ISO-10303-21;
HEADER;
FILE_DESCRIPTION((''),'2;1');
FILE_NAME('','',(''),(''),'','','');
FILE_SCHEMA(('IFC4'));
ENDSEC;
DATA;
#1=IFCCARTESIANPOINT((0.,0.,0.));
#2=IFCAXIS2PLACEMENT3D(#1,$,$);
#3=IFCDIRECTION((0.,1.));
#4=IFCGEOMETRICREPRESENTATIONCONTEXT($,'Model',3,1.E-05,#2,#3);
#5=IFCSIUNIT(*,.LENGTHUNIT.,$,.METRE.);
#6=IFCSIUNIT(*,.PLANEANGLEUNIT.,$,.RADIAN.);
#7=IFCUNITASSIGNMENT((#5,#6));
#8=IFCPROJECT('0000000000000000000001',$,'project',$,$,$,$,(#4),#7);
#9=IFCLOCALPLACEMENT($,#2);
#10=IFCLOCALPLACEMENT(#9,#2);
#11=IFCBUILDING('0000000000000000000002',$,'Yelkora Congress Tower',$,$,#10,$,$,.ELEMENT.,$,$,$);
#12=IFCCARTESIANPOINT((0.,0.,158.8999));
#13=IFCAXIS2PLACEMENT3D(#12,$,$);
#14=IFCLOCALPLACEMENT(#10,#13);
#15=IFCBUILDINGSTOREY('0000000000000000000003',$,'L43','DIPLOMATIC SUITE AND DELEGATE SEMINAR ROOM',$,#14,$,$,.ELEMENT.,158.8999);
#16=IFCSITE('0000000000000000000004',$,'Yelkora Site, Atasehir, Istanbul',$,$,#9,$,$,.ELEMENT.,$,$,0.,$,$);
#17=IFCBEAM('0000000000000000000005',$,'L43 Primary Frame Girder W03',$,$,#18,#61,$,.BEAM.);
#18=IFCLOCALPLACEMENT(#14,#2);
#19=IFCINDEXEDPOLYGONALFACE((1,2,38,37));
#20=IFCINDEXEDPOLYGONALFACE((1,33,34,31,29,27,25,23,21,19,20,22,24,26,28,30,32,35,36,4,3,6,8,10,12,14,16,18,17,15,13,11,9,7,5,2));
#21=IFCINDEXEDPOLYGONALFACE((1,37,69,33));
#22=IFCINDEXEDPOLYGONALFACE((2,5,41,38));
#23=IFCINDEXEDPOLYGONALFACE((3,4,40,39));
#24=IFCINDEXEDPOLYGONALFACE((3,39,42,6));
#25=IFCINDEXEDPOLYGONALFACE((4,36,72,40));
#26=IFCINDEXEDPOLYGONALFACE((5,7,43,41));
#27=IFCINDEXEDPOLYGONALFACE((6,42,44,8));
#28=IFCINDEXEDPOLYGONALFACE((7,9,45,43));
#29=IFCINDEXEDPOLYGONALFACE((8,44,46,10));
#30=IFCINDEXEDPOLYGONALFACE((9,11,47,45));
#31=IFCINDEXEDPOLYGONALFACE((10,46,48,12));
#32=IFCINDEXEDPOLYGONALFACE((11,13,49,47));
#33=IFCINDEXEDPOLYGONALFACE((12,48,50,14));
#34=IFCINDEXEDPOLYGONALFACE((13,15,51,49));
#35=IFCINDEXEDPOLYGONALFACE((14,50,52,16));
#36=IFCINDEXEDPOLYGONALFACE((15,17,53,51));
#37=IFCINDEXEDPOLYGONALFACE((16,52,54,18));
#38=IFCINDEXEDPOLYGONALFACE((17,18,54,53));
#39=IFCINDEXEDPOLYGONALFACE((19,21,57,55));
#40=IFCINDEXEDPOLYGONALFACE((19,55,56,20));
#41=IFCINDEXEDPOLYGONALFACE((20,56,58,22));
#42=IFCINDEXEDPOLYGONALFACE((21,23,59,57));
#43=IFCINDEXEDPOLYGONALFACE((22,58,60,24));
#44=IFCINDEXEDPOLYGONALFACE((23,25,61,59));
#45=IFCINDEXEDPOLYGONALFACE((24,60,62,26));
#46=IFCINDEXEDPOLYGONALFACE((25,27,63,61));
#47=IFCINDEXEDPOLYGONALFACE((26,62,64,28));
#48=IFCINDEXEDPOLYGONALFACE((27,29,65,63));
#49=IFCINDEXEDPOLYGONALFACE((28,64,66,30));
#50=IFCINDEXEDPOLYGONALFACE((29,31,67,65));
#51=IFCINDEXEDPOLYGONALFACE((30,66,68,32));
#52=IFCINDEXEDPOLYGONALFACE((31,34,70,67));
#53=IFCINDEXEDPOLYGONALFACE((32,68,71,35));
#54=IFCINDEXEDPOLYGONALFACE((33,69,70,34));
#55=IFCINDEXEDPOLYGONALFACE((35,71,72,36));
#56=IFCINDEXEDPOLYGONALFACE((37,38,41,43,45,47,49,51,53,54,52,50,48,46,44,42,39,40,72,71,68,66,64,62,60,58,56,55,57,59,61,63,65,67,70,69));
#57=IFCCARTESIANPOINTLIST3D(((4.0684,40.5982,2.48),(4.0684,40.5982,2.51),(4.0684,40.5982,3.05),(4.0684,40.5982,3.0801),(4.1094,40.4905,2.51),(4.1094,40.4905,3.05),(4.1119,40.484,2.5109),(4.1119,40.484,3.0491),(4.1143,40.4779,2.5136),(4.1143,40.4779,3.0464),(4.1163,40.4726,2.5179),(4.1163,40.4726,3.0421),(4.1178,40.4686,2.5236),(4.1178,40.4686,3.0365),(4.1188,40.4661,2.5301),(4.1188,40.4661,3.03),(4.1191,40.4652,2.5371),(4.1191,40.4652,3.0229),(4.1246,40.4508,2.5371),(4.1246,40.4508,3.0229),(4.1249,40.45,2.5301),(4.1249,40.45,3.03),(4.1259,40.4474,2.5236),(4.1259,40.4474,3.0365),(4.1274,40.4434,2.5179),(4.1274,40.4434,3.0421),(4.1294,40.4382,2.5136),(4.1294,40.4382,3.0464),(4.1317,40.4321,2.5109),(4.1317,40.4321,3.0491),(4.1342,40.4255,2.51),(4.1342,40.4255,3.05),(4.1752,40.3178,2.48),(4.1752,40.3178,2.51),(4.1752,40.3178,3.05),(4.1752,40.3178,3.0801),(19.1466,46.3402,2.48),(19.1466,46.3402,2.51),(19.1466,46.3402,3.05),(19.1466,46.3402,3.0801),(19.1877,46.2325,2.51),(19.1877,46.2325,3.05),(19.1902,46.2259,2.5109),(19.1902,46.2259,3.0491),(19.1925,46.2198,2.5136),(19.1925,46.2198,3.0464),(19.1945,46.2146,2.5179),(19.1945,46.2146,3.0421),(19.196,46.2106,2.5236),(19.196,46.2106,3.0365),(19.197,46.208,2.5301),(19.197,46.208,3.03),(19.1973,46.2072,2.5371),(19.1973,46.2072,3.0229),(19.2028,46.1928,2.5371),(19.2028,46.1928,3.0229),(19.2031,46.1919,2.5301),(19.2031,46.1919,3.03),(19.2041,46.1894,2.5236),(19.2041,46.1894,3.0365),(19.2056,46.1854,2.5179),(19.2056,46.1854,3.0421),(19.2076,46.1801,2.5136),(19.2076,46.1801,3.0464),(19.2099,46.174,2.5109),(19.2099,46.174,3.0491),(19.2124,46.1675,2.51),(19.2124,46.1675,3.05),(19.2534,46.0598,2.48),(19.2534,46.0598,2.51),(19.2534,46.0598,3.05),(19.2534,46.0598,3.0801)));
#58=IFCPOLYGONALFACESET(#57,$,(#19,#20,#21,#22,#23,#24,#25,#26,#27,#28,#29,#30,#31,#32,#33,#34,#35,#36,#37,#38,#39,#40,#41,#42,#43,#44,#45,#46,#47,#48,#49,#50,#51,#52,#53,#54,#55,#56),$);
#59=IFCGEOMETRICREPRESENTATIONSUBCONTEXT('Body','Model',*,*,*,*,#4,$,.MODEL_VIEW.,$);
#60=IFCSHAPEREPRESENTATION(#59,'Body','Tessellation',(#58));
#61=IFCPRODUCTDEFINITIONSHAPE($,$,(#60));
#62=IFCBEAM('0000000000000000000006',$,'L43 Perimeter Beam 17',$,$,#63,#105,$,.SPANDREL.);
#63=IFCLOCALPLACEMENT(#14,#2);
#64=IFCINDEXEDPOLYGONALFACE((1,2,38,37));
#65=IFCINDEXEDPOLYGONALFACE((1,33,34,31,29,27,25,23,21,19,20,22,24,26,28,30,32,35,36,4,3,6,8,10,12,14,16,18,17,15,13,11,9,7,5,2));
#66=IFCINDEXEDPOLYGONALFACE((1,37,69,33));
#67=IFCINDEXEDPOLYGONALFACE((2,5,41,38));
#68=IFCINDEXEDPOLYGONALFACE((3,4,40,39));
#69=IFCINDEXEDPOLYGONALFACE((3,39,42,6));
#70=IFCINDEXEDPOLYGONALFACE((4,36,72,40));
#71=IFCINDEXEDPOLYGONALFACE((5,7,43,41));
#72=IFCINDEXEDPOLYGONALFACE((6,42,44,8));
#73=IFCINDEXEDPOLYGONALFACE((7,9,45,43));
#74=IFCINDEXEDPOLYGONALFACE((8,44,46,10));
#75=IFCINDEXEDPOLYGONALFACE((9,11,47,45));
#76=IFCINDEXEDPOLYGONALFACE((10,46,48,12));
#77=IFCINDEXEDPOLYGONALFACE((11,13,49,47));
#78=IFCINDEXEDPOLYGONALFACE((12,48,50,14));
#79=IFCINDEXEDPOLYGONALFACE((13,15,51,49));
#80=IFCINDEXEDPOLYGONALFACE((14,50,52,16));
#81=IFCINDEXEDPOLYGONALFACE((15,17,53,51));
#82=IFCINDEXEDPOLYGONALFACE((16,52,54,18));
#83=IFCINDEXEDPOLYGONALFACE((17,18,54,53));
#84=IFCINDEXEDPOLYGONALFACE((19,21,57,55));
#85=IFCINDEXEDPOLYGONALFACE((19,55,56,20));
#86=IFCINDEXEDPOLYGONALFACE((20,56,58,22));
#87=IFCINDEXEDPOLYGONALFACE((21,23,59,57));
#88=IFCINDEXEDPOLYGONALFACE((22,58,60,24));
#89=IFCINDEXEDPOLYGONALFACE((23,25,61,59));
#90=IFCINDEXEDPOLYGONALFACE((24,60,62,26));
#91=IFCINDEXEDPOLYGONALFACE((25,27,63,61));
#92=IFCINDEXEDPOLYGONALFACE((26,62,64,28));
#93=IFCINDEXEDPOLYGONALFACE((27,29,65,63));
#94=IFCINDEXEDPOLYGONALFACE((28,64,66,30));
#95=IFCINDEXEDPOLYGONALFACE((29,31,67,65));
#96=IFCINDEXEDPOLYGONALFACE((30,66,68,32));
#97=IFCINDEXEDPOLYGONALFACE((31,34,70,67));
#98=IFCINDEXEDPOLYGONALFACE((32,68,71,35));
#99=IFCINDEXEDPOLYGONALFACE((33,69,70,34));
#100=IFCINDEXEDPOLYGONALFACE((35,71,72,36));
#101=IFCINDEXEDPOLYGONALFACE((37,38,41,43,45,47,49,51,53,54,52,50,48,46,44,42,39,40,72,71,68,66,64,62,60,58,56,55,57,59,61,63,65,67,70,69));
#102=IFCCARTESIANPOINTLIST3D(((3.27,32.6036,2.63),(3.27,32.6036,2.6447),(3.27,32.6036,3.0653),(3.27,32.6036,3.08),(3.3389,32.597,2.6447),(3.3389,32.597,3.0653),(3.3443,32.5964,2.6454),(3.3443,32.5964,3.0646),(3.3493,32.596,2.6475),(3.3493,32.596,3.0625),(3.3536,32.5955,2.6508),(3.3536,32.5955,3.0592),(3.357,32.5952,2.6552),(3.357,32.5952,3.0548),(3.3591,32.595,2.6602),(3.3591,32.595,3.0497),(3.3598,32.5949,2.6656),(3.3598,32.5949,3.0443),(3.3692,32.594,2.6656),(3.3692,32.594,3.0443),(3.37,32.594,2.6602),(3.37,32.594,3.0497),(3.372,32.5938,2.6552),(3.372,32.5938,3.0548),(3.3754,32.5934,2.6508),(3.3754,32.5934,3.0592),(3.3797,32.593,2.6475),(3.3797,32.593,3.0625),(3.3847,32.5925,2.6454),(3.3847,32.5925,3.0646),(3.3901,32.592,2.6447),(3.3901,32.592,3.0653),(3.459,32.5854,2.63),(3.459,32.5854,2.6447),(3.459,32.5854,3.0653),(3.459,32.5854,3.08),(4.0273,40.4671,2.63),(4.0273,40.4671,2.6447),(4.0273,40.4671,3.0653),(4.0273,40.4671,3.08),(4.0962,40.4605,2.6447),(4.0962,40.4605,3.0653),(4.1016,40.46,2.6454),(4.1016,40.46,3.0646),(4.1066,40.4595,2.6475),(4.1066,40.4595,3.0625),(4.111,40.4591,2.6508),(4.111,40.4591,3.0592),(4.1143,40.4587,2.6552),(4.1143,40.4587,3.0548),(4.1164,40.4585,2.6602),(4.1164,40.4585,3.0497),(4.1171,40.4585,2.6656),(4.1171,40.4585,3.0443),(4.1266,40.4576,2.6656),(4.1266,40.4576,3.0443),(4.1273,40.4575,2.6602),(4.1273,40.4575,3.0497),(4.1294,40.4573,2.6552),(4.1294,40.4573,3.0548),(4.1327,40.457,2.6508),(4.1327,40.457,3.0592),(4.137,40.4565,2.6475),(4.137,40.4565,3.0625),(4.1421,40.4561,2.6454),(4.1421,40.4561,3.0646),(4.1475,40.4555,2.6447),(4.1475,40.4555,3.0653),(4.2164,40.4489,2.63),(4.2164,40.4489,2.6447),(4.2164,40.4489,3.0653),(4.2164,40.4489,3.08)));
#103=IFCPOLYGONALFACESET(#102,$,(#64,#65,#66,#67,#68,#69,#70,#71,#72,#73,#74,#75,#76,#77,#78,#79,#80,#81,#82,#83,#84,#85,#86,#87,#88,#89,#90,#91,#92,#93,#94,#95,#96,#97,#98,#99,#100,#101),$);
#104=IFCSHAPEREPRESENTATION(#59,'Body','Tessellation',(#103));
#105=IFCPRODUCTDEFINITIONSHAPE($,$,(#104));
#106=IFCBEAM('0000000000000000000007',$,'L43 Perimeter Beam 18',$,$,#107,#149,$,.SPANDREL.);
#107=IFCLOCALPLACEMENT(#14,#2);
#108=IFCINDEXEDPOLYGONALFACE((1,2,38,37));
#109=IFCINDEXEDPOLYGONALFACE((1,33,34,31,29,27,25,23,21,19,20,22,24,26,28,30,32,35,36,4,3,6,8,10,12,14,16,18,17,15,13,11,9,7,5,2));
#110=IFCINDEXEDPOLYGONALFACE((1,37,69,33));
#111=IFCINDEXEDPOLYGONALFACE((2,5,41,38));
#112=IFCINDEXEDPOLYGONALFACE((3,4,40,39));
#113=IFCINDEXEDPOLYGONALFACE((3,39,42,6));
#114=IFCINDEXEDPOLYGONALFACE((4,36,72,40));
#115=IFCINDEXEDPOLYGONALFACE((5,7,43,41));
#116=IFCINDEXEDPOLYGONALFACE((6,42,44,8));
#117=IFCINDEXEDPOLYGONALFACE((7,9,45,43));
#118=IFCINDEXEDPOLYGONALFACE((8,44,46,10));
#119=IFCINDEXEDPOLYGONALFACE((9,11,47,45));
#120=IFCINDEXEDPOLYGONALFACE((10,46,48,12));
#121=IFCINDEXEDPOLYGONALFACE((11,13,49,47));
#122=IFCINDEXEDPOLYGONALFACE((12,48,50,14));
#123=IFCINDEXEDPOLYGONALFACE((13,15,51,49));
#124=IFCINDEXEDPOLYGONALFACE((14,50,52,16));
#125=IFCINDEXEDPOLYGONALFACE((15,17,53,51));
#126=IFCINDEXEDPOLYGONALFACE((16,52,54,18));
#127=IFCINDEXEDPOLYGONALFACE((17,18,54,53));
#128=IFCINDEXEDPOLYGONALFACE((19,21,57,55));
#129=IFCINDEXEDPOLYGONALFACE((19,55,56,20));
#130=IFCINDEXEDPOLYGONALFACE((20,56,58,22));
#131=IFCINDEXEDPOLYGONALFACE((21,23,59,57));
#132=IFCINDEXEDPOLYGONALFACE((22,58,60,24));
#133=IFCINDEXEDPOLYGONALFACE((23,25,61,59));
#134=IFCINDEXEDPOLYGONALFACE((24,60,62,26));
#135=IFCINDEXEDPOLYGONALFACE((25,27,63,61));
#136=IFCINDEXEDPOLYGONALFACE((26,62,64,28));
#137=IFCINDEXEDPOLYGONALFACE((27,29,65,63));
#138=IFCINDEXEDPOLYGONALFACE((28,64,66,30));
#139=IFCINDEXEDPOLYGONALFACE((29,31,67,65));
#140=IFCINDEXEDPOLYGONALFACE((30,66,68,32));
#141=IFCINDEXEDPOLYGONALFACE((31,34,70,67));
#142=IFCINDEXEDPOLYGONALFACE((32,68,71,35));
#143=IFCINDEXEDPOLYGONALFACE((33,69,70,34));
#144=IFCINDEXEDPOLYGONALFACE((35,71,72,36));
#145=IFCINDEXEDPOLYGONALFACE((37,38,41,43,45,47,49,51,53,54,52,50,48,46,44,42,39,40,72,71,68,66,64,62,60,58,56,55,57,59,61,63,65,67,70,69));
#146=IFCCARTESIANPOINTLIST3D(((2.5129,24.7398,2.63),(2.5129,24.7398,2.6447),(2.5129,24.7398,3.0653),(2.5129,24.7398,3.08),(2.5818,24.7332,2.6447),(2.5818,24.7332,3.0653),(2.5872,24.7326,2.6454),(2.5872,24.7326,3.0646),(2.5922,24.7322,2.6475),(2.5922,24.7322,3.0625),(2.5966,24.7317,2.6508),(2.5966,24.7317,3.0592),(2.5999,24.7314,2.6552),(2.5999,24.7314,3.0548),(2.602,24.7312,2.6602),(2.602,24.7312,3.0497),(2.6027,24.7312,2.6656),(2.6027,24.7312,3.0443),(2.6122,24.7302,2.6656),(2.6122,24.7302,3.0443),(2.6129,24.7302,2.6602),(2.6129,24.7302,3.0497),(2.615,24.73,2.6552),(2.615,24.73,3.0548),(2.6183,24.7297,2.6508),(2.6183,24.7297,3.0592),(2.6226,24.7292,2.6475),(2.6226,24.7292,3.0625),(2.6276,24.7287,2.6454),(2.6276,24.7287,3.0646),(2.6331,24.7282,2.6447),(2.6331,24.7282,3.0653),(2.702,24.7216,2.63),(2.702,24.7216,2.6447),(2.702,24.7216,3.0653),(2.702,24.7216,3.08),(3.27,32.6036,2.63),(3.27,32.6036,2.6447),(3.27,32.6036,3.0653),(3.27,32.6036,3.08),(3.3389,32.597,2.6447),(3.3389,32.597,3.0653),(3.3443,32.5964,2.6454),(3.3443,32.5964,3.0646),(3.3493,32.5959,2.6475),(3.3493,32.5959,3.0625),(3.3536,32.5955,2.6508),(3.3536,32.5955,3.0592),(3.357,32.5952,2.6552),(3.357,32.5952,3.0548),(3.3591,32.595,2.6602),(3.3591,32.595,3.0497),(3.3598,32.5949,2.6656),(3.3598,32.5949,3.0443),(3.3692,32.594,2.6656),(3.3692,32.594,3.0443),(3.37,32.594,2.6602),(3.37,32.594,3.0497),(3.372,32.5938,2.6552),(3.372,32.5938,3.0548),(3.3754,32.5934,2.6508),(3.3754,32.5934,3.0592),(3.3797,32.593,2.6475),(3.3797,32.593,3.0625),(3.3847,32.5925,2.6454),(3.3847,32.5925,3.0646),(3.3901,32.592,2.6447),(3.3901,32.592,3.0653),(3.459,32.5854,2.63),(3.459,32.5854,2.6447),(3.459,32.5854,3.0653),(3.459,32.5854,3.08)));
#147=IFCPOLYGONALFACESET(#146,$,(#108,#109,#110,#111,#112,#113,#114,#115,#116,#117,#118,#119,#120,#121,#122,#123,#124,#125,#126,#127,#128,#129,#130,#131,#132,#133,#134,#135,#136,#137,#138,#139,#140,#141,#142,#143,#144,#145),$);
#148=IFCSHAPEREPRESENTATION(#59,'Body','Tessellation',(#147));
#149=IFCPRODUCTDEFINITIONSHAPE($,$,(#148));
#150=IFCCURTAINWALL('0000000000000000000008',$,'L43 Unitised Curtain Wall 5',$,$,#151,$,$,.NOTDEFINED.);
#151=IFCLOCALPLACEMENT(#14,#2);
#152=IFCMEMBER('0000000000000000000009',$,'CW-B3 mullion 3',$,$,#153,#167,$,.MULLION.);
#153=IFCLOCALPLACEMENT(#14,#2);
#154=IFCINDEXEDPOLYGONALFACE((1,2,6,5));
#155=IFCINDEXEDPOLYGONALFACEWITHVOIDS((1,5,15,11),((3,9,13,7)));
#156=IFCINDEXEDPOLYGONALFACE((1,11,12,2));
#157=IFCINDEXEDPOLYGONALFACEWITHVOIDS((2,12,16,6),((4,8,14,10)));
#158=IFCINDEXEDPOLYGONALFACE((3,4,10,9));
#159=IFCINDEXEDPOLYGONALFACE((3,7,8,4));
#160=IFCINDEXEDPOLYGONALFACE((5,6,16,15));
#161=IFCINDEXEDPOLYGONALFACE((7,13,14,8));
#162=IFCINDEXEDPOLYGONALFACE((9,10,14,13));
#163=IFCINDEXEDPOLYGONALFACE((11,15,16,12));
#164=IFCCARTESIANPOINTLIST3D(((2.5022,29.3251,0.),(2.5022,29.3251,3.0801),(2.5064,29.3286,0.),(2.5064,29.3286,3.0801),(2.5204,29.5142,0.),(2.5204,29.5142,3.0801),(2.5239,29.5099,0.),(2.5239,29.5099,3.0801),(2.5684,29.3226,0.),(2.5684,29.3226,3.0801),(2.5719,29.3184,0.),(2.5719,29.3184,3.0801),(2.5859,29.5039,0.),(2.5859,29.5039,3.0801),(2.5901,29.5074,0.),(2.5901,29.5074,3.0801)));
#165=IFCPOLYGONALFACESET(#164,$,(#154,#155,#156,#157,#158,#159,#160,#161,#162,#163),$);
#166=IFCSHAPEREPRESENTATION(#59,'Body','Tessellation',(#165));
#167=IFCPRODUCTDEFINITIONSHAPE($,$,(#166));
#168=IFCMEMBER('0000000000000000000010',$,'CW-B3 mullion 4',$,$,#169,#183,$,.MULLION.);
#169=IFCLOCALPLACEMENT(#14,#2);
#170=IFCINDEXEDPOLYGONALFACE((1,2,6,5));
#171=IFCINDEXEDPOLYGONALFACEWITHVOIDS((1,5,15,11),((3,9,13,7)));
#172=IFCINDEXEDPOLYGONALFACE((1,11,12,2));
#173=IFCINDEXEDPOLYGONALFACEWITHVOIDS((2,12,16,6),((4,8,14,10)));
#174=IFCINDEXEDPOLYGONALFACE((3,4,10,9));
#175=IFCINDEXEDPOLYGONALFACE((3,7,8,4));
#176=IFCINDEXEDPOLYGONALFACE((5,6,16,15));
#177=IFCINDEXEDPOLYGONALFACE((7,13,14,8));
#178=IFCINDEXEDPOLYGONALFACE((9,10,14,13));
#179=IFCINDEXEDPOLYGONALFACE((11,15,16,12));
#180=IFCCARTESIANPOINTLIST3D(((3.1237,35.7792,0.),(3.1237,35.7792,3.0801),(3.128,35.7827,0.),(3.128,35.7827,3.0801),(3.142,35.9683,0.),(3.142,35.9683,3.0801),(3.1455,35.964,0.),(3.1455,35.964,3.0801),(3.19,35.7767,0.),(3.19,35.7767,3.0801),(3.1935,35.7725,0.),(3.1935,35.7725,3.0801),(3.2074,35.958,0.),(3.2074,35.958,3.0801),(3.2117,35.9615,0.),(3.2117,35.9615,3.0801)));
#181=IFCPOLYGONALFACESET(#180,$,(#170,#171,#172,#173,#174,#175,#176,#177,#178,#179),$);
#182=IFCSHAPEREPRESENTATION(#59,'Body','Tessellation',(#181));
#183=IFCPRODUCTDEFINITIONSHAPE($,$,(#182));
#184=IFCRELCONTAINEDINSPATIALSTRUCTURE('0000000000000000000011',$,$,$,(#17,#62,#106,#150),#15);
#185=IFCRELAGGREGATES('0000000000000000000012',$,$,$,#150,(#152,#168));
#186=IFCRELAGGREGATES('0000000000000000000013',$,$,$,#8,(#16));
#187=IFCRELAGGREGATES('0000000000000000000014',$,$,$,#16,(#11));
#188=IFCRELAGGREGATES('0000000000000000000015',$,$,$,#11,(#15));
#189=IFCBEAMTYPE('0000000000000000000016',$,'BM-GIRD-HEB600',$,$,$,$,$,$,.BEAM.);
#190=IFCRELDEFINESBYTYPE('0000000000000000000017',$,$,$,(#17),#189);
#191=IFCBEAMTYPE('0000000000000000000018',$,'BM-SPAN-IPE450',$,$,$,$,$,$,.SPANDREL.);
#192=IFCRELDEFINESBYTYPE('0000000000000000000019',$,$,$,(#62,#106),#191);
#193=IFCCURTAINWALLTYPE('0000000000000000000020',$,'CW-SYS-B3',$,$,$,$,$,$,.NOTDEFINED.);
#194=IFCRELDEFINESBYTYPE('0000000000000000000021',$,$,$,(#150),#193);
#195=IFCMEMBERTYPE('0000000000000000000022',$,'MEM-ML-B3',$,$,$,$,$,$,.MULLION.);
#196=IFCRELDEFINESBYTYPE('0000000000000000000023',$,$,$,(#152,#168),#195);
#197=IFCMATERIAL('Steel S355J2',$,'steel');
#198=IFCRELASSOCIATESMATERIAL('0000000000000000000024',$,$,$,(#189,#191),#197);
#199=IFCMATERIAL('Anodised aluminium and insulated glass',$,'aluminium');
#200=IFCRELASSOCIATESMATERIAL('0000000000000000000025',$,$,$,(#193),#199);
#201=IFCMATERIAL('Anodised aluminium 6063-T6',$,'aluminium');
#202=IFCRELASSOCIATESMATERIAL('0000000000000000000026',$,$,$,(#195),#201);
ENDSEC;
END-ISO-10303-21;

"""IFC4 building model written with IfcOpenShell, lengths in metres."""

from ifc_helpers import new_model, si_unit, direction, frame, origin, origin_2d, place, context, subcontext, project, spatial, hollow_rectangle, i_section, extrude, material, material_profile, profile_set, type_object, element, aggregate, save


model = new_model("IFC4")

# Units and contexts
model_context = context("Model", 3, precision=1e-05, world=origin(), true_north=direction((0.0, 1.0)))
body_context = subcontext(model_context, "Body", "Model", "MODEL_VIEW")
ifc_project = project(units=[si_unit("LENGTHUNIT", "METRE"), si_unit("PLANEANGLEUNIT", "RADIAN")], contexts=[model_context])

# Site, building, storey
site_placement = place(None, origin())
site = spatial("IfcSite", under=ifc_project, at=site_placement, Name="Yelkora Site, Atasehir, Istanbul", CompositionType="ELEMENT", RefElevation=0.0)
building_placement = place(site_placement, origin())
building = spatial("IfcBuilding", under=site, at=building_placement, Name="Yelkora Congress Tower", CompositionType="ELEMENT")
storey_placement = place(building_placement, frame((0.0, 0.0, 158.8999)))
storey = spatial("IfcBuildingStorey", under=building, at=storey_placement, Name="L43", Description="DIPLOMATIC SUITE AND DELEGATE SEMINAR ROOM", CompositionType="ELEMENT", Elevation=158.8999)

# Beams
ifc_material_1 = material(Name="Steel S355J2", Category="steel")
ifc_material_profile_1 = material_profile(ifc_material_1, i_section(OverallWidth=0.3, OverallDepth=0.6001, WebThickness=0.0154, FlangeThickness=0.03, FilletRadius=0.0271, at=origin_2d()), Name="HEB 600")
ifc_profile_set_1 = profile_set([ifc_material_profile_1], Name="Steel S355J2")
beam_type_1 = type_object("IfcBeamType", Name="BM-GIRD-HEB600", PredefinedType="BEAM", material=ifc_profile_set_1)
beam_1_placement = place(storey_placement, frame((4.1218, 40.458, 2.78), z_axis=(0.934531, 0.355881, 0.0), x_axis=(-0.355881, 0.934531, 0.0)))
element("IfcBeam", 1, at=beam_1_placement, inside=storey, type_object=beam_type_1, Name="L43 Primary Frame Girder W03", PredefinedType="BEAM", context=body_context, shape_type="SweptSolid", body=[
    extrude(i_section(OverallWidth=0.3, OverallDepth=0.6001, WebThickness=0.0154, FlangeThickness=0.03, FilletRadius=0.0271, at=origin_2d()), origin(), (0.0, 0.0, 1.0), 16.1345),
])
ifc_material_profile_2 = material_profile(ifc_material_1, i_section(OverallWidth=0.1899, OverallDepth=0.45, WebThickness=0.0095, FlangeThickness=0.0146, FilletRadius=0.021, at=origin_2d()), Name="IPE 450")
ifc_profile_set_2 = profile_set([ifc_material_profile_2], Name="Steel S355J2")
beam_type_2 = type_object("IfcBeamType", Name="BM-SPAN-IPE450", PredefinedType="SPANDREL", material=ifc_profile_set_2)
beam_2_placement = place(storey_placement, frame((4.1218, 40.458, 2.855), z_axis=(-0.095865, -0.995394, 0.0), x_axis=(0.995394, -0.095865, 0.0)))
element("IfcBeam", 2, at=beam_2_placement, inside=storey, type_object=beam_type_2, Name="L43 Perimeter Beam 17", PredefinedType="SPANDREL", context=body_context, shape_type="SweptSolid", body=[
    extrude(i_section(OverallWidth=0.1899, OverallDepth=0.45, WebThickness=0.0095, FlangeThickness=0.0146, FilletRadius=0.021, at=origin_2d()), origin(), (0.0, 0.0, 1.0), 7.8999),
])
beam_3_placement = place(storey_placement, frame((3.3645, 32.5945, 2.855), z_axis=(-0.095831, -0.995398, 0.0), x_axis=(0.995398, -0.095831, 0.0)))
element("IfcBeam", 3, at=beam_3_placement, inside=storey, type_object=beam_type_2, Name="L43 Perimeter Beam 18", PredefinedType="SPANDREL", context=body_context, shape_type="SweptSolid", body=[
    extrude(i_section(OverallWidth=0.1899, OverallDepth=0.45, WebThickness=0.0095, FlangeThickness=0.0146, FilletRadius=0.021, at=origin_2d()), origin(), (0.0, 0.0, 1.0), 7.9001),
])

# Curtain wall, members
ifc_material_2 = material(Name="Anodised aluminium and insulated glass", Category="aluminium")
curtain_wall_type = type_object("IfcCurtainWallType", Name="CW-SYS-B3", PredefinedType="NOTDEFINED", material=ifc_material_2)
curtain_wall_placement = place(storey_placement, origin())
curtain_wall = element("IfcCurtainWall", 4, at=curtain_wall_placement, inside=storey, type_object=curtain_wall_type, Name="L43 Unitised Curtain Wall 5", PredefinedType="NOTDEFINED")
ifc_material_3 = material(Name="Anodised aluminium 6063-T6", Category="aluminium")
ifc_material_profile_3 = material_profile(ifc_material_3, hollow_rectangle(XDim=0.0701, YDim=0.1899, WallThickness=0.0039, at=origin_2d()), Name="ALU 70x190x4")
ifc_profile_set_3 = profile_set([ifc_material_profile_3], Name="Anodised aluminium 6063-T6")
member_type_1 = type_object("IfcMemberType", Name="MEM-ML-B3", PredefinedType="MULLION", material=ifc_profile_set_3)
member_1_placement = place(storey_placement, frame((2.5461, 29.4163, 0.0), z_axis=(0.0, 0.0, 1.0), x_axis=(-0.995396, 0.095845, 0.0)))
member_1 = element("IfcMember", 5, at=member_1_placement, type_object=member_type_1, Name="CW-B3 mullion 3", PredefinedType="MULLION", context=body_context, shape_type="SweptSolid", body=[
    extrude(hollow_rectangle(XDim=0.0701, YDim=0.1899, WallThickness=0.0039, at=origin_2d()), origin(), (0.0, 0.0, 1.0), 3.0801),
])
member_2_placement = place(storey_placement, frame((3.1677, 35.8704, 0.0), z_axis=(0.0, 0.0, 1.0), x_axis=(-0.995396, 0.095845, 0.0)))
member_2 = element("IfcMember", 6, at=member_2_placement, type_object=member_type_1, Name="CW-B3 mullion 4", PredefinedType="MULLION", context=body_context, shape_type="SweptSolid", body=[
    extrude(hollow_rectangle(XDim=0.0701, YDim=0.1899, WallThickness=0.0039, at=origin_2d()), origin(), (0.0, 0.0, 1.0), 3.0801),
])
aggregate(curtain_wall, [member_1, member_2])

save(model, "model.ifc")
